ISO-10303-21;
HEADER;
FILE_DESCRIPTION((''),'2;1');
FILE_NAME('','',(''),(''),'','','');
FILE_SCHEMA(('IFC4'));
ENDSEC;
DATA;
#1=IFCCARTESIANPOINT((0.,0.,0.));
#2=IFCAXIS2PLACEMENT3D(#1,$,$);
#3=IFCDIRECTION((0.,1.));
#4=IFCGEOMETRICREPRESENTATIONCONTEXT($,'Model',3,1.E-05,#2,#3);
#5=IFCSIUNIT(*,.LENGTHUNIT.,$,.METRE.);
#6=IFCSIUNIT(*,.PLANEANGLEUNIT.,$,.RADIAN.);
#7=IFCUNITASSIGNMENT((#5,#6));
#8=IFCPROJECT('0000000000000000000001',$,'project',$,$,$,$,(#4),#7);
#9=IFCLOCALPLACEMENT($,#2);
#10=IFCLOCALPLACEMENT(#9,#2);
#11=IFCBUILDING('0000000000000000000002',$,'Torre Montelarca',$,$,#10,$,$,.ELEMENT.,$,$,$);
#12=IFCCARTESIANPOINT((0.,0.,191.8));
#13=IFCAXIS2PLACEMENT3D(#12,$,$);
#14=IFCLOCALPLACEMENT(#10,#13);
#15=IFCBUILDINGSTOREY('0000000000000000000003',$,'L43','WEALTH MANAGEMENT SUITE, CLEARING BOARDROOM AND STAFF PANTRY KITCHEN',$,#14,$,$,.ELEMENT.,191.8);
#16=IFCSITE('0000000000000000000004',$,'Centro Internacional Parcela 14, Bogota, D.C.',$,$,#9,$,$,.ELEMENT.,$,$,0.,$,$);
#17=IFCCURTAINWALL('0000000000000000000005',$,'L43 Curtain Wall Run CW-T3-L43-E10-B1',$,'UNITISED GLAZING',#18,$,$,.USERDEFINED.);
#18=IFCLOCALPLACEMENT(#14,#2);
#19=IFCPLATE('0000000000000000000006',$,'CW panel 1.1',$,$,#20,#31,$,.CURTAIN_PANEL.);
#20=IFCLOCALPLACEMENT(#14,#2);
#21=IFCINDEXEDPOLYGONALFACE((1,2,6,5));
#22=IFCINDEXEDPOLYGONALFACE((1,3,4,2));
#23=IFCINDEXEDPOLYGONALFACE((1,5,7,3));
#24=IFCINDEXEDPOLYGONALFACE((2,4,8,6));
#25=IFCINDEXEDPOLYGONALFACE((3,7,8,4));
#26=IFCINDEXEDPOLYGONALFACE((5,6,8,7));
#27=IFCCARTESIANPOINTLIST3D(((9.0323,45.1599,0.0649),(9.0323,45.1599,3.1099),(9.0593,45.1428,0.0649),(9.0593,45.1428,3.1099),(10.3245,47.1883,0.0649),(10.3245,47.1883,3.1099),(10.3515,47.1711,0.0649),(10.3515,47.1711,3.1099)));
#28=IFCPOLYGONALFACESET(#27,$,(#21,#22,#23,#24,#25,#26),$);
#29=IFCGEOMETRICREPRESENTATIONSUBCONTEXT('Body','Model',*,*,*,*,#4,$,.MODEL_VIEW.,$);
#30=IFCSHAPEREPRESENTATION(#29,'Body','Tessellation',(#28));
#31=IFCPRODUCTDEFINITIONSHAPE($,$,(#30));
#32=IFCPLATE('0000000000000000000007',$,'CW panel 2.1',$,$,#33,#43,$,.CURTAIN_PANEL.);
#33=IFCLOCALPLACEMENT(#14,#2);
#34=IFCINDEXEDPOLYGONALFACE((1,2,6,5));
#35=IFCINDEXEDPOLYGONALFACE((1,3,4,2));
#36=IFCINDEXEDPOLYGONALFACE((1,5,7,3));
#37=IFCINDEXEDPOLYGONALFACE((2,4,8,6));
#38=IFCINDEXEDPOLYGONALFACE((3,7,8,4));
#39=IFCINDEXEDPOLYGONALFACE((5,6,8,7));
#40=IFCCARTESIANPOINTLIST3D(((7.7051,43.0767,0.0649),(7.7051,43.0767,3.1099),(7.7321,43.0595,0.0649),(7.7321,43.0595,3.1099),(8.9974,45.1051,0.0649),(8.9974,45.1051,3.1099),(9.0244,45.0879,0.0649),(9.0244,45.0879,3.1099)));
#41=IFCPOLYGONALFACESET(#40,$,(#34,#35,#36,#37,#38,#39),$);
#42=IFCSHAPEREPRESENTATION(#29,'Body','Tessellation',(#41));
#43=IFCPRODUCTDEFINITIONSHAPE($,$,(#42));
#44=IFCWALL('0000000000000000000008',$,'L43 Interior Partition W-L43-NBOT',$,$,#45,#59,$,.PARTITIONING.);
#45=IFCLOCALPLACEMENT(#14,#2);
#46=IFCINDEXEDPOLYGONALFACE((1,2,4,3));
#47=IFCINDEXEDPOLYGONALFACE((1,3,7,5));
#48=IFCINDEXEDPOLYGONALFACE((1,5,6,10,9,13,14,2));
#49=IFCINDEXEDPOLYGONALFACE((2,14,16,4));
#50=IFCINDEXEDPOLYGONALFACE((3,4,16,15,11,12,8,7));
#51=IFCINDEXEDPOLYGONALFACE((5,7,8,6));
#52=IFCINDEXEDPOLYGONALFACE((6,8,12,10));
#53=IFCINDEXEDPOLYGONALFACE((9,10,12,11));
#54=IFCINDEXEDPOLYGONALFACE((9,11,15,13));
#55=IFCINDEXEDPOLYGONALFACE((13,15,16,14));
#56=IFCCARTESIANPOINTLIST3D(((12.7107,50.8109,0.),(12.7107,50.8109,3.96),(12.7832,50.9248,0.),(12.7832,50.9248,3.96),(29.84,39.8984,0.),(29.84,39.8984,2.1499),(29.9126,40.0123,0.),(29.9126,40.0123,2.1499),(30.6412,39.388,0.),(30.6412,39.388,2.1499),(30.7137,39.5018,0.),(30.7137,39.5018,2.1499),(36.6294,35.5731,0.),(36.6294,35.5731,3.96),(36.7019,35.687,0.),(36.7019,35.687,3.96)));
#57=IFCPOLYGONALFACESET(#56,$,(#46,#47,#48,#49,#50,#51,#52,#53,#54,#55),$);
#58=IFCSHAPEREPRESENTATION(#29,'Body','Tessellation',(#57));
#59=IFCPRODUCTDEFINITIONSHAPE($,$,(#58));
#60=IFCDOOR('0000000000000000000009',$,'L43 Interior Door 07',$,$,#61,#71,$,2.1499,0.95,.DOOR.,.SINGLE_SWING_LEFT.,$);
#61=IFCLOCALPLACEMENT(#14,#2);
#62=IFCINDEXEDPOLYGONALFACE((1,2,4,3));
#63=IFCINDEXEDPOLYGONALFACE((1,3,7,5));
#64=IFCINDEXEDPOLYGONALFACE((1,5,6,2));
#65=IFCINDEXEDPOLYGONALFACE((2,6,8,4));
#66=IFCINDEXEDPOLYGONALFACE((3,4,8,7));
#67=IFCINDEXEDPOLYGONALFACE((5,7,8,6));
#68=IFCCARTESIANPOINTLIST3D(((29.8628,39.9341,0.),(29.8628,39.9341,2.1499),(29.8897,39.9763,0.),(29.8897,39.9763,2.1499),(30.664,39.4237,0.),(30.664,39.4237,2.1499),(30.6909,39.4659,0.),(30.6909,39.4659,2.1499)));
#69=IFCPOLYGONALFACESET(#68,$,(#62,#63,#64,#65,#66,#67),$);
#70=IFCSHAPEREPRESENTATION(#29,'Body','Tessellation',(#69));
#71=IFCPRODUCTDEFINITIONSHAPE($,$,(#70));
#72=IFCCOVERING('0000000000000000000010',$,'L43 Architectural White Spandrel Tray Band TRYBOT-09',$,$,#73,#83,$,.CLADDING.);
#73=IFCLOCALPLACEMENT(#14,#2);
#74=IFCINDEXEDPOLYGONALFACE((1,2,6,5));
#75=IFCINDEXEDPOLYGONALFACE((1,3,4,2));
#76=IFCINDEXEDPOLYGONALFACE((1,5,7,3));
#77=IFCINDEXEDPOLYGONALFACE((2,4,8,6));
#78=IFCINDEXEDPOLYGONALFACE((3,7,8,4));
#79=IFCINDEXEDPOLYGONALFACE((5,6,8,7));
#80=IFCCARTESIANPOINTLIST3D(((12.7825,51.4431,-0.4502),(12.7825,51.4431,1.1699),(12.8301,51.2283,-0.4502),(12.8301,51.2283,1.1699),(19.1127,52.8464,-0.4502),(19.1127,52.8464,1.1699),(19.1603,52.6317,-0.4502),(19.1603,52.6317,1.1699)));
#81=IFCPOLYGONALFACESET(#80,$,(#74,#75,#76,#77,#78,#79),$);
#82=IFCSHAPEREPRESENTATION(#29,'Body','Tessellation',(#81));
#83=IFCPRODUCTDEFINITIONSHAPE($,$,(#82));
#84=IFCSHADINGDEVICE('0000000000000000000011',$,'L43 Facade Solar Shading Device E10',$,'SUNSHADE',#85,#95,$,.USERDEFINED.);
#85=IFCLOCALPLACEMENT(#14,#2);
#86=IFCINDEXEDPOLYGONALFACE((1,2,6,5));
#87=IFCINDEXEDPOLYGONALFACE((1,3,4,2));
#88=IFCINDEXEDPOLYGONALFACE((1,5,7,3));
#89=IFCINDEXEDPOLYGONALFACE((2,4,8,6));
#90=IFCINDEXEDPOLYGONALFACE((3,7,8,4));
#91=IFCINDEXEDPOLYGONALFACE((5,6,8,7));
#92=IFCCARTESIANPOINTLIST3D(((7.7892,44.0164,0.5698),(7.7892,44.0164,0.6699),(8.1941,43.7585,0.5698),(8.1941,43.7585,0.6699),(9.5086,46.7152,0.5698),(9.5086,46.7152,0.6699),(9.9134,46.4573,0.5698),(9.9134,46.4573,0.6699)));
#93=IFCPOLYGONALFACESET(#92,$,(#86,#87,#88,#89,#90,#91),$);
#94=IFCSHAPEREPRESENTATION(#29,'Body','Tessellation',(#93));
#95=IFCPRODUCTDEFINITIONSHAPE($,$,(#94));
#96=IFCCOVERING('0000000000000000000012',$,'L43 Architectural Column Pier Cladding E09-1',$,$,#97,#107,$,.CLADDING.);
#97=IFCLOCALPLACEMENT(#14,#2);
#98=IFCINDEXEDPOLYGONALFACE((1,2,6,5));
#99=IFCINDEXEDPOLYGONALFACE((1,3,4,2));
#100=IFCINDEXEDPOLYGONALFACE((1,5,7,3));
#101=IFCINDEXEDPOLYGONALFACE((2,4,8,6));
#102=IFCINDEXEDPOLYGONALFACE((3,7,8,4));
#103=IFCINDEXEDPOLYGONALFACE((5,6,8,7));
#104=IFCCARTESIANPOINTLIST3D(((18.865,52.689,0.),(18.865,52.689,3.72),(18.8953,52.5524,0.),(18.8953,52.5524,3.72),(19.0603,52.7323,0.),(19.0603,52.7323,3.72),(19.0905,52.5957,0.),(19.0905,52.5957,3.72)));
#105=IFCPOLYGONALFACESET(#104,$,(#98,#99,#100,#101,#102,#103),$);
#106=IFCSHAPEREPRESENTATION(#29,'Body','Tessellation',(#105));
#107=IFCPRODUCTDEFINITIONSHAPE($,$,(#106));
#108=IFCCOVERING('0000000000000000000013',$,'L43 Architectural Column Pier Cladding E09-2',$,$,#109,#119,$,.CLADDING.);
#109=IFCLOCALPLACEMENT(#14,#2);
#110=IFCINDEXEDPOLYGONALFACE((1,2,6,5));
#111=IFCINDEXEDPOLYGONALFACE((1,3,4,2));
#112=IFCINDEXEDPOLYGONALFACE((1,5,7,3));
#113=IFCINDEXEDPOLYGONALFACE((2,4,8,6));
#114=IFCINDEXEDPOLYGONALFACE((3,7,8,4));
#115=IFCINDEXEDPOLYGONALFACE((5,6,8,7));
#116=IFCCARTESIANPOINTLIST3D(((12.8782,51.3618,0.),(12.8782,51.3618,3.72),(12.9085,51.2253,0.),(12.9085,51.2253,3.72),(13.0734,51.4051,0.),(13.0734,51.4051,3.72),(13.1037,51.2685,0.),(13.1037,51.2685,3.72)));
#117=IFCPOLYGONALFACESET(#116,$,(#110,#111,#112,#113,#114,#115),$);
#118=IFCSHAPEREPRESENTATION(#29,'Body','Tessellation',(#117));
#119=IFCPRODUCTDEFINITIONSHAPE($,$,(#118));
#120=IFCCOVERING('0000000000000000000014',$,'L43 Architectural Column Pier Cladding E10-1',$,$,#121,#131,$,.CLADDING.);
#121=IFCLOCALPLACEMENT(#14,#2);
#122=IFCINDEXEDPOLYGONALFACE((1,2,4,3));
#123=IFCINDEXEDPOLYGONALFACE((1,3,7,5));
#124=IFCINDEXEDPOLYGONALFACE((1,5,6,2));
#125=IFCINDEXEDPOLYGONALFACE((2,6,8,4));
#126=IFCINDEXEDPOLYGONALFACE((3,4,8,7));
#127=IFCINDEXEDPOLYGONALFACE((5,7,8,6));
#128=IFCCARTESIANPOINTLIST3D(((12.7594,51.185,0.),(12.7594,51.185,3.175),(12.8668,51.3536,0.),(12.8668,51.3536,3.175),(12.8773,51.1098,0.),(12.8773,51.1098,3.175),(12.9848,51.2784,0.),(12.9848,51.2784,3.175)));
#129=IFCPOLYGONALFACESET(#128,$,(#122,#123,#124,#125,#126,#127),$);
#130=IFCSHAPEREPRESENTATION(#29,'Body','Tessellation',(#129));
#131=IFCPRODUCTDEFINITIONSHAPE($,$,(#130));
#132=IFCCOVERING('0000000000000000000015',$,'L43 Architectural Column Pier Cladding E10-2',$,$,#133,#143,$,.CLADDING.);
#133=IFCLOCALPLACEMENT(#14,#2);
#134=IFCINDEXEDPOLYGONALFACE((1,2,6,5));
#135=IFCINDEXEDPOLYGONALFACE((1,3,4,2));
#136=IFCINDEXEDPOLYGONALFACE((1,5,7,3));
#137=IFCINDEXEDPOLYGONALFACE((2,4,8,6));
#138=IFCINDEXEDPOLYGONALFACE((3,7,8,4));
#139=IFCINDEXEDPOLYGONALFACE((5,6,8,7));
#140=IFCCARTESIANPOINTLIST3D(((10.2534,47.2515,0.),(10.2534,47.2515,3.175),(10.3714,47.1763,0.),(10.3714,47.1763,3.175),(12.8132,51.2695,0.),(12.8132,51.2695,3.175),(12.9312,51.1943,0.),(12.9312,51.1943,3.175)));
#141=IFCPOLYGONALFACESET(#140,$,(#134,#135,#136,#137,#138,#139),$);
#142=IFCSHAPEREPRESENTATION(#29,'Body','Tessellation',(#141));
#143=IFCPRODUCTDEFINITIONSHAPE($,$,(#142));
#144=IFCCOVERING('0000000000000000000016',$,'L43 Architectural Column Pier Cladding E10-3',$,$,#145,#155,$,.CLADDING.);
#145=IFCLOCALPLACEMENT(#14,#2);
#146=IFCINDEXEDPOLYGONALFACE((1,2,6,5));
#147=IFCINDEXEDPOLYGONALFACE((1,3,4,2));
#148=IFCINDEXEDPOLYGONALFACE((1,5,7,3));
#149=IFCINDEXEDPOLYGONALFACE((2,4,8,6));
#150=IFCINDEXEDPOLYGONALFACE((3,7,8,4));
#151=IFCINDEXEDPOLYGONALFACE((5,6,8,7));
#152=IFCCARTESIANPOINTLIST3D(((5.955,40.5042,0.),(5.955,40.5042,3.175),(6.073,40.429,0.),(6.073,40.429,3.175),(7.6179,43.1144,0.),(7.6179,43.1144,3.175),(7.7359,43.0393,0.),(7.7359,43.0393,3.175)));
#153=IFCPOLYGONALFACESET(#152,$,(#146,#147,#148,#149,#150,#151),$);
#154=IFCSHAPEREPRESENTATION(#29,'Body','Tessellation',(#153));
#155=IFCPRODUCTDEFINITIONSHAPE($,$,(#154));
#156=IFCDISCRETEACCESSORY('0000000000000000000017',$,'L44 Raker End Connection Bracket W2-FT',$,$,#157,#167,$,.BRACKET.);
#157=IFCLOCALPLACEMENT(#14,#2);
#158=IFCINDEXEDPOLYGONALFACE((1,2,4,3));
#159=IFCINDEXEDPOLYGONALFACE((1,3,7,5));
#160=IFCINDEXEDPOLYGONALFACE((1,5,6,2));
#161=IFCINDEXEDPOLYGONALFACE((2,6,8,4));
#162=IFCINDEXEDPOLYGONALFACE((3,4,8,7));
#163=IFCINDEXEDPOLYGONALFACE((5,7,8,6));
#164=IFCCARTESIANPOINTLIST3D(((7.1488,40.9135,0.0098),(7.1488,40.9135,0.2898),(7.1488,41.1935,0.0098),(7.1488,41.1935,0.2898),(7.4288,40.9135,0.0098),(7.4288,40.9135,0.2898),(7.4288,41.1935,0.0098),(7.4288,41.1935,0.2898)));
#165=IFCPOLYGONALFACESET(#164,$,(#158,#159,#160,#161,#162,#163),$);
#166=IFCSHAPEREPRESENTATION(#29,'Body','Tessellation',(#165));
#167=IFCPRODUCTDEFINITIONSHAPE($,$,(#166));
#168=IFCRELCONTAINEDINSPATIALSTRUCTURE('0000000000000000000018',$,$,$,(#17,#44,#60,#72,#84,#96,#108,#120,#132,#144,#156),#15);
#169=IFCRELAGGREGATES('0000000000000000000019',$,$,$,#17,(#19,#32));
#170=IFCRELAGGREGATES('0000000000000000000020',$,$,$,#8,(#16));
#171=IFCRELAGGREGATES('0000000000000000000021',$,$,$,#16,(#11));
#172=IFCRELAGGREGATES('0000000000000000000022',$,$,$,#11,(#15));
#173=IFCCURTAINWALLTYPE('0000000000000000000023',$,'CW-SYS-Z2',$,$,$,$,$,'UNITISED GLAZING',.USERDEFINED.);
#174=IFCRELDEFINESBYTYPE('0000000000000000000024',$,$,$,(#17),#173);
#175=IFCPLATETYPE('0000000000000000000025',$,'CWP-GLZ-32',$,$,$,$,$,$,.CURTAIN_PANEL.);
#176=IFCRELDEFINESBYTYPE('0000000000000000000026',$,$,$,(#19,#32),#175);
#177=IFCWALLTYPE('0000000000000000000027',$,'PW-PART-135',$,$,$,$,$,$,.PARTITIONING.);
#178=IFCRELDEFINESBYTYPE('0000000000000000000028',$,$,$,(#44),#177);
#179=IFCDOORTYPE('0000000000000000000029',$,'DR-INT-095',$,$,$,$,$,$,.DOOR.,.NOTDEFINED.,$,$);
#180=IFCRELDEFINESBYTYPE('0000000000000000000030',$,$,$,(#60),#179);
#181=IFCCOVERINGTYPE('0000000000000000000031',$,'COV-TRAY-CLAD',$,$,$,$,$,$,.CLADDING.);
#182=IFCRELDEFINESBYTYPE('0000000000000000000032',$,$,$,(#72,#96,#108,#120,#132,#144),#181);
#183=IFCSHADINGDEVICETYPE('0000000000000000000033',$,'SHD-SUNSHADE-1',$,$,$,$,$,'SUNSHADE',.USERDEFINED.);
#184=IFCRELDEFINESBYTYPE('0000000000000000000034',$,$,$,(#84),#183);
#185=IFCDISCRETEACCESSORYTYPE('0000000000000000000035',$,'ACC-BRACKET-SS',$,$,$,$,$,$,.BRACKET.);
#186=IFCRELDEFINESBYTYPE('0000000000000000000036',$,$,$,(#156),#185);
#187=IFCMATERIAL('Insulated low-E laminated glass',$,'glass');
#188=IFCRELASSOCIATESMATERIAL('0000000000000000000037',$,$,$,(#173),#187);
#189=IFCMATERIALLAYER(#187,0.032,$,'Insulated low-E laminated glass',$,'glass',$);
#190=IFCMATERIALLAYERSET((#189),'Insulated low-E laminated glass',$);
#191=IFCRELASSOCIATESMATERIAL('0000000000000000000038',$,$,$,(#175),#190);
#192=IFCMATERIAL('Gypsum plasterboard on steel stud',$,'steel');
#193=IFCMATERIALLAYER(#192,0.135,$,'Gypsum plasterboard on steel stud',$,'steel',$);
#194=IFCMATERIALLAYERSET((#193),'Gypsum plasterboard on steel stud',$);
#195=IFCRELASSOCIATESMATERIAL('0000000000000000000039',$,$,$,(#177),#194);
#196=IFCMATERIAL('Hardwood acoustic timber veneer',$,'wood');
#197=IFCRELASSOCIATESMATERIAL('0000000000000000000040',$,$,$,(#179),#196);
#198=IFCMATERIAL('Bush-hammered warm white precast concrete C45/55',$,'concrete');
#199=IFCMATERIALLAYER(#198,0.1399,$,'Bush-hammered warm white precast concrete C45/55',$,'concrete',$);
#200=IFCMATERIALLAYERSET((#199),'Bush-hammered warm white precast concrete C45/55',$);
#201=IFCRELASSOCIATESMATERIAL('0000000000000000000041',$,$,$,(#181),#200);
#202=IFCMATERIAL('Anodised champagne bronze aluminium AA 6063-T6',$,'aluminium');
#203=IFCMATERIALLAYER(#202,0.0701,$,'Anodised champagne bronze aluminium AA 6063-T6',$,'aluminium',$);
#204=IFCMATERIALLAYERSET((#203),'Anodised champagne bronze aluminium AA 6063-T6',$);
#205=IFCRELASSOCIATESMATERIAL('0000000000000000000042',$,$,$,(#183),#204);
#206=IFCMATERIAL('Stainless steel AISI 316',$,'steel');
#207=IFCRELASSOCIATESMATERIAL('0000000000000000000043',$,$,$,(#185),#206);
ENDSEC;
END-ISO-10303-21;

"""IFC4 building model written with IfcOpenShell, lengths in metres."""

from ifc_helpers import new_model, si_unit, direction, frame, frame_2d, origin, origin_2d, place, context, subcontext, project, spatial, rectangle, extrude, source, transform, mapped, material, layer, layer_set, type_object, element, fill, aggregate, save


model = new_model("IFC4")

# Units and contexts
model_context = context("Model", 3, precision=1e-05, world=origin(), true_north=direction((0.0, 1.0)))
body_context = subcontext(model_context, "Body", "Model", "MODEL_VIEW")
ifc_project = project(units=[si_unit("LENGTHUNIT", "METRE"), si_unit("PLANEANGLEUNIT", "RADIAN")], contexts=[model_context])

# Site, building, storey
site_placement = place(None, origin())
site = spatial("IfcSite", under=ifc_project, at=site_placement, Name="Centro Internacional Parcela 14, Bogota, D.C.", CompositionType="ELEMENT", RefElevation=0.0)
building_placement = place(site_placement, origin())
building = spatial("IfcBuilding", under=site, at=building_placement, Name="Torre Montelarca", CompositionType="ELEMENT")
storey_placement = place(building_placement, frame((0.0, 0.0, 191.8)))
storey = spatial("IfcBuildingStorey", under=building, at=storey_placement, Name="L43", Description="WEALTH MANAGEMENT SUITE, CLEARING BOARDROOM AND STAFF PANTRY KITCHEN", CompositionType="ELEMENT", Elevation=191.8)

# Curtain wall
ifc_material_1 = material(Name="Insulated low-E laminated glass", Category="glass")
curtain_wall_type = type_object("IfcCurtainWallType", Name="CW-SYS-Z2", ElementType="UNITISED GLAZING", PredefinedType="USERDEFINED", material=ifc_material_1)
curtain_wall_1_placement = place(storey_placement, origin())
curtain_wall_1 = element("IfcCurtainWall", 1, at=curtain_wall_1_placement, inside=storey, type_object=curtain_wall_type, Name="L43 Curtain Wall Run CW-T3-L43-E10-B1", ObjectType="UNITISED GLAZING", PredefinedType="USERDEFINED")

# Plates
ifc_layer_1 = layer(ifc_material_1, 0.032, Name="Insulated low-E laminated glass", Category="glass")
ifc_layer_set_1 = layer_set([ifc_layer_1], Name="Insulated low-E laminated glass")
plate_type_1 = type_object("IfcPlateType", Name="CWP-GLZ-32", PredefinedType="CURTAIN_PANEL", material=ifc_layer_set_1)
shared_shape_1 = source(origin(), body_context, "Body", "SweptSolid", [
    extrude(rectangle(XDim=2.405, YDim=0.032, at=origin_2d()), origin(), (0.0, 0.0, 1.0), 3.0449),
])
plate_1_placement = place(storey_placement, frame((9.6919, 46.1655, 0.0649), z_axis=(0.0, 0.0, 1.0), x_axis=(-0.537309, -0.843386, 0.0)))
plate_1 = element("IfcPlate", 2, at=plate_1_placement, type_object=plate_type_1, Name="CW panel 1.1", PredefinedType="CURTAIN_PANEL", context=body_context, shape_type="MappedRepresentation", body=[
    mapped(shared_shape_1, transform((0.0, 0.0, 0.0), scale=1.0)),
])
plate_2_placement = place(storey_placement, frame((8.3647, 44.0823, 0.0649), z_axis=(0.0, 0.0, 1.0), x_axis=(-0.537309, -0.843386, 0.0)))
plate_2 = element("IfcPlate", 3, at=plate_2_placement, type_object=plate_type_1, Name="CW panel 2.1", PredefinedType="CURTAIN_PANEL", context=body_context, shape_type="MappedRepresentation", body=[
    mapped(shared_shape_1, transform((0.0, 0.0, 0.0), scale=1.0)),
])
aggregate(curtain_wall_1, [plate_1, plate_2])

# Wall, opening, door
ifc_material_2 = material(Name="Gypsum plasterboard on steel stud", Category="steel")
ifc_layer_2 = layer(ifc_material_2, 0.135, Name="Gypsum plasterboard on steel stud", Category="steel")
ifc_layer_set_2 = layer_set([ifc_layer_2], Name="Gypsum plasterboard on steel stud")
wall_type = type_object("IfcWallType", Name="PW-PART-135", PredefinedType="PARTITIONING", material=ifc_layer_set_2)
wall_placement = place(storey_placement, frame((12.7468, 50.8679, 0.0), z_axis=(0.0, 0.0, 1.0), x_axis=(0.843393, -0.537297, 0.0)))
wall = element("IfcWall", 4, at=wall_placement, inside=storey, type_object=wall_type, Name="L43 Interior Partition W-L43-NBOT", PredefinedType="PARTITIONING", context=body_context, shape_type="SweptSolid", body=[
    extrude(rectangle(XDim=28.3601, YDim=0.135, at=frame_2d((14.1802, 0.0))), origin(), (0.0, 0.0, 1.0), 3.96),
])
opening_placement = place(wall_placement, frame((20.3101, 0.0, 0.0)))
opening = element("IfcOpeningElement", 5, at=opening_placement, cuts=wall, PredefinedType="OPENING", context=body_context, shape_type="SweptSolid", body=[
    extrude(rectangle(XDim=0.95, YDim=2.1499, at=frame_2d((0.4751, 1.075))), frame((0.0, 0.0776, 0.0), z_axis=(0.0, -1.0, 0.0), x_axis=(1.0, 0.0, 0.0)), (0.0, 0.0, 1.0), 0.155),
])
ifc_material_3 = material(Name="Hardwood acoustic timber veneer", Category="wood")
door_type = type_object("IfcDoorType", Name="DR-INT-095", OperationType="NOTDEFINED", PredefinedType="DOOR", material=ifc_material_3)
shared_shape_2 = source(origin(), body_context, "Body", "SweptSolid", [
    extrude(rectangle(XDim=0.95, YDim=2.1499, at=frame_2d((0.4751, 1.075))), frame((0.0, 0.0249, 0.0), z_axis=(0.0, -1.0, 0.0), x_axis=(1.0, 0.0, 0.0)), (0.0, 0.0, 1.0), 0.05),
])
door_placement = place(opening_placement, origin())
door = element("IfcDoor", 6, at=door_placement, inside=storey, type_object=door_type, Name="L43 Interior Door 07", OperationType="SINGLE_SWING_LEFT", OverallHeight=2.1499, OverallWidth=0.95, PredefinedType="DOOR", context=body_context, shape_type="MappedRepresentation", body=[
    mapped(shared_shape_2, transform((0.0, 0.0, 0.0), scale=1.0)),
])
fill(opening, door)

# Covering
ifc_material_4 = material(Name="Bush-hammered warm white precast concrete C45/55", Category="concrete")
ifc_layer_3 = layer(ifc_material_4, 0.1399, Name="Bush-hammered warm white precast concrete C45/55", Category="concrete")
ifc_layer_set_3 = layer_set([ifc_layer_3], Name="Bush-hammered warm white precast concrete C45/55")
covering_type = type_object("IfcCoveringType", Name="COV-TRAY-CLAD", PredefinedType="CLADDING", material=ifc_layer_set_3)
shared_shape_3 = source(origin(), body_context, "Body", "SweptSolid", [
    extrude(rectangle(XDim=6.4839, YDim=0.22, at=origin_2d()), origin(), (0.0, 0.0, 1.0), 1.6201),
])
covering_1_placement = place(storey_placement, frame((15.9714, 52.0374, -0.4502), z_axis=(0.0, 0.0, 1.0), x_axis=(-0.976296, -0.216438, 0.0)))
element("IfcCovering", 7, at=covering_1_placement, inside=storey, type_object=covering_type, Name="L43 Architectural White Spandrel Tray Band TRYBOT-09", PredefinedType="CLADDING", context=body_context, shape_type="MappedRepresentation", body=[
    mapped(shared_shape_3, transform((0.0, 0.0, 0.0), scale=1.0)),
])

# Shading device
ifc_material_5 = material(Name="Anodised champagne bronze aluminium AA 6063-T6", Category="aluminium")
ifc_layer_4 = layer(ifc_material_5, 0.0701, Name="Anodised champagne bronze aluminium AA 6063-T6", Category="aluminium")
ifc_layer_set_4 = layer_set([ifc_layer_4], Name="Anodised champagne bronze aluminium AA 6063-T6")
shading_device_type = type_object("IfcShadingDeviceType", Name="SHD-SUNSHADE-1", ElementType="SUNSHADE", PredefinedType="USERDEFINED", material=ifc_layer_set_4)
shared_shape_4 = source(origin(), body_context, "Body", "SweptSolid", [
    extrude(rectangle(XDim=3.2, YDim=0.48, at=origin_2d()), origin(), (0.0, 0.0, 1.0), 0.1001),
])
shading_device_placement = place(storey_placement, frame((8.8513, 45.2368, 0.5698), z_axis=(0.0, 0.0, 1.0), x_axis=(-0.537298, -0.843392, 0.0)))
element("IfcShadingDevice", 8, at=shading_device_placement, inside=storey, type_object=shading_device_type, Name="L43 Facade Solar Shading Device E10", ObjectType="SUNSHADE", PredefinedType="USERDEFINED", context=body_context, shape_type="MappedRepresentation", body=[
    mapped(shared_shape_4, transform((0.0, 0.0, 0.0), scale=1.0)),
])

# Coverings
shared_shape_5 = source(origin(), body_context, "Body", "SweptSolid", [
    extrude(rectangle(XDim=0.2, YDim=0.1399, at=origin_2d()), origin(), (0.0, 0.0, 1.0), 3.72),
])
for number, where, z_axis, x_axis, name in (
    (9, (18.9778, 52.6423, 0.0), (0.0, 0.0, 1.0), (-0.976297, -0.216436, 0.0), "L43 Architectural Column Pier Cladding E09-1"),
    (10, (12.991, 51.3152, 0.0), (0.0, 0.0, 1.0), (-0.976297, -0.216436, 0.0), "L43 Architectural Column Pier Cladding E09-2"),
):
    element("IfcCovering", number, at=place(storey_placement, frame(where, z_axis=z_axis, x_axis=x_axis)), inside=storey, type_object=covering_type, Name=name, PredefinedType="CLADDING", context=body_context, shape_type="MappedRepresentation", body=[
        mapped(shared_shape_5, transform((0.0, 0.0, 0.0), scale=1.0)),
    ])
shared_shape_6 = source(origin(), body_context, "Body", "SweptSolid", [
    extrude(rectangle(XDim=0.2, YDim=0.1399, at=origin_2d()), origin(), (0.0, 0.0, 1.0), 3.175),
])
covering_2_placement = place(storey_placement, frame((12.8721, 51.2317, 0.0), z_axis=(0.0, 0.0, 1.0), x_axis=(-0.537301, -0.843391, 0.0)))
element("IfcCovering", 11, at=covering_2_placement, inside=storey, type_object=covering_type, Name="L43 Architectural Column Pier Cladding E10-1", PredefinedType="CLADDING", context=body_context, shape_type="MappedRepresentation", body=[
    mapped(shared_shape_6, transform((0.0, 0.0, 0.0), scale=1.0)),
])
shared_shape_7 = source(origin(), body_context, "Body", "SweptSolid", [
    extrude(rectangle(XDim=4.7642, YDim=0.1399, at=origin_2d()), origin(), (0.0, 0.0, 1.0), 3.175),
])
covering_3_placement = place(storey_placement, frame((11.5923, 49.2229, 0.0), z_axis=(0.0, 0.0, 1.0), x_axis=(-0.537301, -0.843391, 0.0)))
element("IfcCovering", 12, at=covering_3_placement, inside=storey, type_object=covering_type, Name="L43 Architectural Column Pier Cladding E10-2", PredefinedType="CLADDING", context=body_context, shape_type="MappedRepresentation", body=[
    mapped(shared_shape_7, transform((0.0, 0.0, 0.0), scale=1.0)),
])
shared_shape_8 = source(origin(), body_context, "Body", "SweptSolid", [
    extrude(rectangle(XDim=3.095, YDim=0.1399, at=origin_2d()), origin(), (0.0, 0.0, 1.0), 3.175),
])
covering_4_placement = place(storey_placement, frame((6.8455, 41.7717, 0.0), z_axis=(0.0, 0.0, 1.0), x_axis=(-0.537301, -0.843391, 0.0)))
element("IfcCovering", 13, at=covering_4_placement, inside=storey, type_object=covering_type, Name="L43 Architectural Column Pier Cladding E10-3", PredefinedType="CLADDING", context=body_context, shape_type="MappedRepresentation", body=[
    mapped(shared_shape_8, transform((0.0, 0.0, 0.0), scale=1.0)),
])

# Discrete accessory
ifc_material_6 = material(Name="Stainless steel AISI 316", Category="steel")
discrete_accessory_type = type_object("IfcDiscreteAccessoryType", Name="ACC-BRACKET-SS", PredefinedType="BRACKET", material=ifc_material_6)
shared_shape_9 = source(origin(), body_context, "Body", "SweptSolid", [
    extrude(rectangle(XDim=0.28, YDim=0.28, at=origin_2d()), origin(), (0.0, 0.0, 1.0), 0.28),
])
for number, where, z_axis, x_axis, name in (
    (14, (7.2888, 41.0535, 0.0098), (0.0, 0.0, 1.0), (1.0, 0.0, 0.0), "L44 Raker End Connection Bracket W2-FT"),
):
    element("IfcDiscreteAccessory", number, at=place(storey_placement, frame(where, z_axis=z_axis, x_axis=x_axis)), inside=storey, type_object=discrete_accessory_type, Name=name, PredefinedType="BRACKET", context=body_context, shape_type="MappedRepresentation", body=[
        mapped(shared_shape_9, transform((0.0, 0.0, 0.0), scale=1.0)),
    ])

save(model, "model.ifc")
